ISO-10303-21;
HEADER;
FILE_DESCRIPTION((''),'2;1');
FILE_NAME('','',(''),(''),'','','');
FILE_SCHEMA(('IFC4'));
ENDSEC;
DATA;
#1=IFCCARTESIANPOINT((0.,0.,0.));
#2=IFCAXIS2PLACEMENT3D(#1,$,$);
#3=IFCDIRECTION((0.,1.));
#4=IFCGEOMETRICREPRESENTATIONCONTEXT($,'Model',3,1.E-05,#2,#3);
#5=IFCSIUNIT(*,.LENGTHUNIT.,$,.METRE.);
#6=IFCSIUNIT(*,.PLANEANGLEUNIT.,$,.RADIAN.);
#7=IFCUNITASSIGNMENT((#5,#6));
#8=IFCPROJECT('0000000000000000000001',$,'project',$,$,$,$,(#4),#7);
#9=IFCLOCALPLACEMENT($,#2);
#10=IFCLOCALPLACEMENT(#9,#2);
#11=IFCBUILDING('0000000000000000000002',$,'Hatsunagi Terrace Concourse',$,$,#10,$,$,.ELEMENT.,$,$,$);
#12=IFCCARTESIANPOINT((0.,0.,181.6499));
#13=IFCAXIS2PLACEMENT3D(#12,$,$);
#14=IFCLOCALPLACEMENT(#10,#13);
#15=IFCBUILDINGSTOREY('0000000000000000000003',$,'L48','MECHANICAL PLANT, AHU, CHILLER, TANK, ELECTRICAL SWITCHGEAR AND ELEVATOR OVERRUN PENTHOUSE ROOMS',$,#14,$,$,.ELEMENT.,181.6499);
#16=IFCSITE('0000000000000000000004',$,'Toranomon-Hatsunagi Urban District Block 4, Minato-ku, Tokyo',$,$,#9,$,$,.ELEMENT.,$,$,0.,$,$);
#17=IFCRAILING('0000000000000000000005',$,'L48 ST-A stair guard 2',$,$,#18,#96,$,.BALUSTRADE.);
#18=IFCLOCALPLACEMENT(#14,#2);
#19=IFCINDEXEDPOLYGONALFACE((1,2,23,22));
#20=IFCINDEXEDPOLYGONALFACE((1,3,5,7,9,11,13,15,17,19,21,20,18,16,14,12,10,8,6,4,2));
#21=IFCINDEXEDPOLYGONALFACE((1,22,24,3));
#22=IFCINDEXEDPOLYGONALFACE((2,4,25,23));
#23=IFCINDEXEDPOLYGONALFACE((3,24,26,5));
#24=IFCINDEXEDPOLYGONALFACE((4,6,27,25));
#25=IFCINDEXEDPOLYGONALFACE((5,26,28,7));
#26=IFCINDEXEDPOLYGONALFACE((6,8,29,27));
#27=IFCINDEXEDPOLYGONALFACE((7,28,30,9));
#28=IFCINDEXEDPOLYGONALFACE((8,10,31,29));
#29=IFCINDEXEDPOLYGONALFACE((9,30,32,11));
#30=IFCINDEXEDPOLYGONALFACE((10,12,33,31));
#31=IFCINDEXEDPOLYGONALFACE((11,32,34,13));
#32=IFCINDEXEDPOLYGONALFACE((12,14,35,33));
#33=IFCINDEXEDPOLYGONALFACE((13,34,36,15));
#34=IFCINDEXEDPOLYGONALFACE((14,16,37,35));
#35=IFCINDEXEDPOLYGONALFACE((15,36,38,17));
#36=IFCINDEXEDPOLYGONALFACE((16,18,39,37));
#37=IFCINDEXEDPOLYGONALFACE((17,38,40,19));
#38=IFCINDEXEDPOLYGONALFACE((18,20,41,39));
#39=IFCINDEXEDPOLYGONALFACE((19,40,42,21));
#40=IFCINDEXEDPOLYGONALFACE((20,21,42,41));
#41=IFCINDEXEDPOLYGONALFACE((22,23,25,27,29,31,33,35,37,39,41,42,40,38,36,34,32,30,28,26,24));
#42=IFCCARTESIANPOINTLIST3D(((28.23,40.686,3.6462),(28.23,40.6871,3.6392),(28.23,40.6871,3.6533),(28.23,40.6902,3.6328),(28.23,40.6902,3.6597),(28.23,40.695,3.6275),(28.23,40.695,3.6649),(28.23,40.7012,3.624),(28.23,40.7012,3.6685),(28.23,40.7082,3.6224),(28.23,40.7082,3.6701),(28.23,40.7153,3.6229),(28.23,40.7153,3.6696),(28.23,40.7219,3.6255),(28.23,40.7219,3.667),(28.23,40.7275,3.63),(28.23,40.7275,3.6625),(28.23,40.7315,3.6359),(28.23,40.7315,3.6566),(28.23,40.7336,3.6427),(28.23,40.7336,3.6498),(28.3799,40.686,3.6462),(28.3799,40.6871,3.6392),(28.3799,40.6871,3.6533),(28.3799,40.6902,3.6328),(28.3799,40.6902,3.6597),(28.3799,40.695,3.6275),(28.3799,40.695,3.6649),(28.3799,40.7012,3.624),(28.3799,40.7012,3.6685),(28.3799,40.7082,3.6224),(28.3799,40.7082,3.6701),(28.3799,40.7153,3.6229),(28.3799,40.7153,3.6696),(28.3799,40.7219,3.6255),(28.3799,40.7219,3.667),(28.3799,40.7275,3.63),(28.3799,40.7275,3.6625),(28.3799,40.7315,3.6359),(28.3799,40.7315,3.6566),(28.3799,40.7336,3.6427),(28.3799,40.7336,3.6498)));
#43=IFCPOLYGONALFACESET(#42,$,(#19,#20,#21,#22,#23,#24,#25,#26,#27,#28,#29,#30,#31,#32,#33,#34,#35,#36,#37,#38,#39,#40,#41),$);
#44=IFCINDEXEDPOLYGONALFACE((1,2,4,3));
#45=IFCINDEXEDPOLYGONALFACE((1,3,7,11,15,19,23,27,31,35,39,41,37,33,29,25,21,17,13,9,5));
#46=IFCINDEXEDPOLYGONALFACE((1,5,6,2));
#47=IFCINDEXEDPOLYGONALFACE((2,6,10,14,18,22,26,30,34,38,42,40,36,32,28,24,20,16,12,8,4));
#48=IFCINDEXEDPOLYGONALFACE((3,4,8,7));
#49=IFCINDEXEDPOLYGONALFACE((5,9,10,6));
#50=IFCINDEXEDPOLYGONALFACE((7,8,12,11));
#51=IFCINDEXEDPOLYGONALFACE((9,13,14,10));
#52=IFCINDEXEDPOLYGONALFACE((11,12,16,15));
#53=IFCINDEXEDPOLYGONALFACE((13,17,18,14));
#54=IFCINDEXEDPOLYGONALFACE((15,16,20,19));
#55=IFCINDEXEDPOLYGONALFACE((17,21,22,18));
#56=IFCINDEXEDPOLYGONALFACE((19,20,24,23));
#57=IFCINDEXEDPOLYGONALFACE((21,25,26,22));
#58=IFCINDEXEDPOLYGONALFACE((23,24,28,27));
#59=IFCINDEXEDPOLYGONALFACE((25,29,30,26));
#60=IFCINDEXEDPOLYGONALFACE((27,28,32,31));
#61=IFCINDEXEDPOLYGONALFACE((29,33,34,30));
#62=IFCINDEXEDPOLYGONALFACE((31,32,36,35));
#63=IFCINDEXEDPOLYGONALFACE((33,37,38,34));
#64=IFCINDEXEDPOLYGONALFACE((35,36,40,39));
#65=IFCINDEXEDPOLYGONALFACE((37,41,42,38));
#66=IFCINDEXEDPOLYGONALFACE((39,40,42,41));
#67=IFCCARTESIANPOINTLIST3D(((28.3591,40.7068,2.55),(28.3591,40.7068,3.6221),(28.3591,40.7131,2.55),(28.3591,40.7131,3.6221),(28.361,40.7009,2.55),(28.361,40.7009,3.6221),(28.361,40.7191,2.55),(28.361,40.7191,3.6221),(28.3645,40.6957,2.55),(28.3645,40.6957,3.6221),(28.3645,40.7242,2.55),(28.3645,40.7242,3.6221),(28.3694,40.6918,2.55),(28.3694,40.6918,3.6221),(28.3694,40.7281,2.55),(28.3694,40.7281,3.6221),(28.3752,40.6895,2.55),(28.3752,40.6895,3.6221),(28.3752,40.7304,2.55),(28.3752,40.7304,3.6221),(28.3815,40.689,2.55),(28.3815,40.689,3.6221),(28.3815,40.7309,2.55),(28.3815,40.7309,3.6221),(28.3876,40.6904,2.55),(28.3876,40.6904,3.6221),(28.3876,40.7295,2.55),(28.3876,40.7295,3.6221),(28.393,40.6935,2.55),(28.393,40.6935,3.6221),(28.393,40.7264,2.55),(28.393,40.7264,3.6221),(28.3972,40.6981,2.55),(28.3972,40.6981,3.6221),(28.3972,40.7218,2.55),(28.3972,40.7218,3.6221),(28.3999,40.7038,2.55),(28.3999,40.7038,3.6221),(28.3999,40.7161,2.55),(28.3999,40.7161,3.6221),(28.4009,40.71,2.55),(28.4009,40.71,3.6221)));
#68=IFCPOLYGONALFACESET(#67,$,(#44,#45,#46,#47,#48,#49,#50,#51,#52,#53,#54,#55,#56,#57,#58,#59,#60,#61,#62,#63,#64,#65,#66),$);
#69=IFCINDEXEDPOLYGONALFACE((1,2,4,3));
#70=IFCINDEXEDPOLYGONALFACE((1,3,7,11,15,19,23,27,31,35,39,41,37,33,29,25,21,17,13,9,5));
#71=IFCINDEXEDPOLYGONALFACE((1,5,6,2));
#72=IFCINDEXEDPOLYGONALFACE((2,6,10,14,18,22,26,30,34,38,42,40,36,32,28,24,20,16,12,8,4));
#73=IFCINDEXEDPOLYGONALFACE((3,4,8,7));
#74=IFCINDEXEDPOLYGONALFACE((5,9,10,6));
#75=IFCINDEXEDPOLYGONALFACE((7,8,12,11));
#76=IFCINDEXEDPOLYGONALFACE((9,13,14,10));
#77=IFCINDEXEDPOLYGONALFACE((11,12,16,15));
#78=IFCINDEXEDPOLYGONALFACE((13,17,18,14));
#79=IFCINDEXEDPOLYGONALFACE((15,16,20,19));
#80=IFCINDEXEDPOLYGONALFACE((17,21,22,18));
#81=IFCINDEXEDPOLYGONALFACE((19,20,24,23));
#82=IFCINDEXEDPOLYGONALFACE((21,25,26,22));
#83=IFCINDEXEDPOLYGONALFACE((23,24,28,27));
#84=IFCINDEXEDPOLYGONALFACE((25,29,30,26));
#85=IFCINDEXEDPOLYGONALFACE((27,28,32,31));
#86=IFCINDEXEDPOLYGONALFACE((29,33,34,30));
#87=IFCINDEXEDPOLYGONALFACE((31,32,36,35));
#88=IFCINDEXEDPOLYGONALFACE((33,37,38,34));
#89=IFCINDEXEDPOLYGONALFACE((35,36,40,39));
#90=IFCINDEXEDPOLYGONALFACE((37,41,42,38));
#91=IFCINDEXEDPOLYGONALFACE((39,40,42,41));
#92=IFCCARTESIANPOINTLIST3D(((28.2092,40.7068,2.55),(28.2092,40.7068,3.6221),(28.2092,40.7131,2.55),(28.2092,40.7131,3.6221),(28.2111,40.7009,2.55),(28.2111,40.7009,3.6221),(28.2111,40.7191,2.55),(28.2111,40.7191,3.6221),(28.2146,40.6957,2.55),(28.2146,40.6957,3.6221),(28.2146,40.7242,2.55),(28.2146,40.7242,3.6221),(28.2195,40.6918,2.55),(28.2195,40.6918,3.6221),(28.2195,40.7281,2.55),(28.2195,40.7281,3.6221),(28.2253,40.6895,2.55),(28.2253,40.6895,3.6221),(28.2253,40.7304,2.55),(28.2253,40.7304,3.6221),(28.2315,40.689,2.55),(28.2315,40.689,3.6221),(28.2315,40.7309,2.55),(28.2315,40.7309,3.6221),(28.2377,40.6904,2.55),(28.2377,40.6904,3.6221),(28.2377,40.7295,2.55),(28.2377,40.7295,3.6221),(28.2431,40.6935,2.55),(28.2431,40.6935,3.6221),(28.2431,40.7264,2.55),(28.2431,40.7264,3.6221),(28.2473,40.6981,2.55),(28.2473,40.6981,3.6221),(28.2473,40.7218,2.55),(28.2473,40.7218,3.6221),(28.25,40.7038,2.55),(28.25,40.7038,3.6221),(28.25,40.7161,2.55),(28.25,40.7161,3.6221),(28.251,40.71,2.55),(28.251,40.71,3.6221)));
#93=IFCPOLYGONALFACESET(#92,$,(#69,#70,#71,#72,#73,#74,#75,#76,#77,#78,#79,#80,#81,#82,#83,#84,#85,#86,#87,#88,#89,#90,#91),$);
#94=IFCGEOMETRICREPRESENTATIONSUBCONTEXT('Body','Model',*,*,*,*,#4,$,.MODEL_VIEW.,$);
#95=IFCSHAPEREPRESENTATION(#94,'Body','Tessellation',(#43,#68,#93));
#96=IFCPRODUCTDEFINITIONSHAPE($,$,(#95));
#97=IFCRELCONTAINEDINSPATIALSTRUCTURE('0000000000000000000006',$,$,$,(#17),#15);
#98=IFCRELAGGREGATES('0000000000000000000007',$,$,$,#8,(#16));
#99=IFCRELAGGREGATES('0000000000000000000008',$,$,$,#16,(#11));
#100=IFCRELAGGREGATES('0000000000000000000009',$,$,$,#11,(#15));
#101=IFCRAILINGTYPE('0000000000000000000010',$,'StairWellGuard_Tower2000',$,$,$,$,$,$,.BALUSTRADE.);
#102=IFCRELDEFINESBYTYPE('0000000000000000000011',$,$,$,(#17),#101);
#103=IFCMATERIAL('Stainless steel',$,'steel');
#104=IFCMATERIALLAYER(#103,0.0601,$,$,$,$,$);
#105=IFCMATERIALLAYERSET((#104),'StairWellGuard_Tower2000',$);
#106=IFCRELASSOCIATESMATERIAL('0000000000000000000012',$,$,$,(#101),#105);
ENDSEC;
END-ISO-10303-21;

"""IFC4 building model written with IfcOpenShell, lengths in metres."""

from ifc_helpers import new_model, si_unit, direction, frame, origin, origin_2d, place, context, subcontext, project, spatial, circle, extrude, material, layer, layer_set, type_object, element, save


model = new_model("IFC4")

# Units and contexts
model_context = context("Model", 3, precision=1e-05, world=origin(), true_north=direction((0.0, 1.0)))
body_context = subcontext(model_context, "Body", "Model", "MODEL_VIEW")
ifc_project = project(units=[si_unit("LENGTHUNIT", "METRE"), si_unit("PLANEANGLEUNIT", "RADIAN")], contexts=[model_context])

# Site, building, storey
site_placement = place(None, origin())
site = spatial("IfcSite", under=ifc_project, at=site_placement, Name="Toranomon-Hatsunagi Urban District Block 4, Minato-ku, Tokyo", CompositionType="ELEMENT", RefElevation=0.0)
building_placement = place(site_placement, origin())
building = spatial("IfcBuilding", under=site, at=building_placement, Name="Hatsunagi Terrace Concourse", CompositionType="ELEMENT")
storey_placement = place(building_placement, frame((0.0, 0.0, 181.6499)))
storey = spatial("IfcBuildingStorey", under=building, at=storey_placement, Name="L48", Description="MECHANICAL PLANT, AHU, CHILLER, TANK, ELECTRICAL SWITCHGEAR AND ELEVATOR OVERRUN PENTHOUSE ROOMS", CompositionType="ELEMENT", Elevation=181.6499)

# Railing
ifc_material_1 = material(Name="Stainless steel", Category="steel")
ifc_layer_1 = layer(ifc_material_1, 0.0601)
ifc_layer_set_1 = layer_set([ifc_layer_1], Name="StairWellGuard_Tower2000")
railing_type_1 = type_object("IfcRailingType", Name="StairWellGuard_Tower2000", PredefinedType="BALUSTRADE", material=ifc_layer_set_1)
railing_1_placement = place(storey_placement, frame((28.3799, 40.71, 2.55)))
element("IfcRailing", 1, at=railing_1_placement, inside=storey, type_object=railing_type_1, Name="L48 ST-A stair guard 2", PredefinedType="BALUSTRADE", context=body_context, shape_type="SweptSolid", body=[
    extrude(circle(Radius=0.0239, at=origin_2d()), frame((0.0, 0.0, 1.0962), z_axis=(-1.0, 0.0, 0.0), x_axis=(0.0, -1.0, 0.0)), (0.0, 0.0, 1.0), 0.1499),
    extrude(circle(Radius=0.021, at=origin_2d()), origin(), (0.0, 0.0, 1.0), 1.072),
    extrude(circle(Radius=0.021, at=origin_2d()), frame((-0.1499, 0.0, 0.0)), (0.0, 0.0, 1.0), 1.072),
])

save(model, "model.ifc")
